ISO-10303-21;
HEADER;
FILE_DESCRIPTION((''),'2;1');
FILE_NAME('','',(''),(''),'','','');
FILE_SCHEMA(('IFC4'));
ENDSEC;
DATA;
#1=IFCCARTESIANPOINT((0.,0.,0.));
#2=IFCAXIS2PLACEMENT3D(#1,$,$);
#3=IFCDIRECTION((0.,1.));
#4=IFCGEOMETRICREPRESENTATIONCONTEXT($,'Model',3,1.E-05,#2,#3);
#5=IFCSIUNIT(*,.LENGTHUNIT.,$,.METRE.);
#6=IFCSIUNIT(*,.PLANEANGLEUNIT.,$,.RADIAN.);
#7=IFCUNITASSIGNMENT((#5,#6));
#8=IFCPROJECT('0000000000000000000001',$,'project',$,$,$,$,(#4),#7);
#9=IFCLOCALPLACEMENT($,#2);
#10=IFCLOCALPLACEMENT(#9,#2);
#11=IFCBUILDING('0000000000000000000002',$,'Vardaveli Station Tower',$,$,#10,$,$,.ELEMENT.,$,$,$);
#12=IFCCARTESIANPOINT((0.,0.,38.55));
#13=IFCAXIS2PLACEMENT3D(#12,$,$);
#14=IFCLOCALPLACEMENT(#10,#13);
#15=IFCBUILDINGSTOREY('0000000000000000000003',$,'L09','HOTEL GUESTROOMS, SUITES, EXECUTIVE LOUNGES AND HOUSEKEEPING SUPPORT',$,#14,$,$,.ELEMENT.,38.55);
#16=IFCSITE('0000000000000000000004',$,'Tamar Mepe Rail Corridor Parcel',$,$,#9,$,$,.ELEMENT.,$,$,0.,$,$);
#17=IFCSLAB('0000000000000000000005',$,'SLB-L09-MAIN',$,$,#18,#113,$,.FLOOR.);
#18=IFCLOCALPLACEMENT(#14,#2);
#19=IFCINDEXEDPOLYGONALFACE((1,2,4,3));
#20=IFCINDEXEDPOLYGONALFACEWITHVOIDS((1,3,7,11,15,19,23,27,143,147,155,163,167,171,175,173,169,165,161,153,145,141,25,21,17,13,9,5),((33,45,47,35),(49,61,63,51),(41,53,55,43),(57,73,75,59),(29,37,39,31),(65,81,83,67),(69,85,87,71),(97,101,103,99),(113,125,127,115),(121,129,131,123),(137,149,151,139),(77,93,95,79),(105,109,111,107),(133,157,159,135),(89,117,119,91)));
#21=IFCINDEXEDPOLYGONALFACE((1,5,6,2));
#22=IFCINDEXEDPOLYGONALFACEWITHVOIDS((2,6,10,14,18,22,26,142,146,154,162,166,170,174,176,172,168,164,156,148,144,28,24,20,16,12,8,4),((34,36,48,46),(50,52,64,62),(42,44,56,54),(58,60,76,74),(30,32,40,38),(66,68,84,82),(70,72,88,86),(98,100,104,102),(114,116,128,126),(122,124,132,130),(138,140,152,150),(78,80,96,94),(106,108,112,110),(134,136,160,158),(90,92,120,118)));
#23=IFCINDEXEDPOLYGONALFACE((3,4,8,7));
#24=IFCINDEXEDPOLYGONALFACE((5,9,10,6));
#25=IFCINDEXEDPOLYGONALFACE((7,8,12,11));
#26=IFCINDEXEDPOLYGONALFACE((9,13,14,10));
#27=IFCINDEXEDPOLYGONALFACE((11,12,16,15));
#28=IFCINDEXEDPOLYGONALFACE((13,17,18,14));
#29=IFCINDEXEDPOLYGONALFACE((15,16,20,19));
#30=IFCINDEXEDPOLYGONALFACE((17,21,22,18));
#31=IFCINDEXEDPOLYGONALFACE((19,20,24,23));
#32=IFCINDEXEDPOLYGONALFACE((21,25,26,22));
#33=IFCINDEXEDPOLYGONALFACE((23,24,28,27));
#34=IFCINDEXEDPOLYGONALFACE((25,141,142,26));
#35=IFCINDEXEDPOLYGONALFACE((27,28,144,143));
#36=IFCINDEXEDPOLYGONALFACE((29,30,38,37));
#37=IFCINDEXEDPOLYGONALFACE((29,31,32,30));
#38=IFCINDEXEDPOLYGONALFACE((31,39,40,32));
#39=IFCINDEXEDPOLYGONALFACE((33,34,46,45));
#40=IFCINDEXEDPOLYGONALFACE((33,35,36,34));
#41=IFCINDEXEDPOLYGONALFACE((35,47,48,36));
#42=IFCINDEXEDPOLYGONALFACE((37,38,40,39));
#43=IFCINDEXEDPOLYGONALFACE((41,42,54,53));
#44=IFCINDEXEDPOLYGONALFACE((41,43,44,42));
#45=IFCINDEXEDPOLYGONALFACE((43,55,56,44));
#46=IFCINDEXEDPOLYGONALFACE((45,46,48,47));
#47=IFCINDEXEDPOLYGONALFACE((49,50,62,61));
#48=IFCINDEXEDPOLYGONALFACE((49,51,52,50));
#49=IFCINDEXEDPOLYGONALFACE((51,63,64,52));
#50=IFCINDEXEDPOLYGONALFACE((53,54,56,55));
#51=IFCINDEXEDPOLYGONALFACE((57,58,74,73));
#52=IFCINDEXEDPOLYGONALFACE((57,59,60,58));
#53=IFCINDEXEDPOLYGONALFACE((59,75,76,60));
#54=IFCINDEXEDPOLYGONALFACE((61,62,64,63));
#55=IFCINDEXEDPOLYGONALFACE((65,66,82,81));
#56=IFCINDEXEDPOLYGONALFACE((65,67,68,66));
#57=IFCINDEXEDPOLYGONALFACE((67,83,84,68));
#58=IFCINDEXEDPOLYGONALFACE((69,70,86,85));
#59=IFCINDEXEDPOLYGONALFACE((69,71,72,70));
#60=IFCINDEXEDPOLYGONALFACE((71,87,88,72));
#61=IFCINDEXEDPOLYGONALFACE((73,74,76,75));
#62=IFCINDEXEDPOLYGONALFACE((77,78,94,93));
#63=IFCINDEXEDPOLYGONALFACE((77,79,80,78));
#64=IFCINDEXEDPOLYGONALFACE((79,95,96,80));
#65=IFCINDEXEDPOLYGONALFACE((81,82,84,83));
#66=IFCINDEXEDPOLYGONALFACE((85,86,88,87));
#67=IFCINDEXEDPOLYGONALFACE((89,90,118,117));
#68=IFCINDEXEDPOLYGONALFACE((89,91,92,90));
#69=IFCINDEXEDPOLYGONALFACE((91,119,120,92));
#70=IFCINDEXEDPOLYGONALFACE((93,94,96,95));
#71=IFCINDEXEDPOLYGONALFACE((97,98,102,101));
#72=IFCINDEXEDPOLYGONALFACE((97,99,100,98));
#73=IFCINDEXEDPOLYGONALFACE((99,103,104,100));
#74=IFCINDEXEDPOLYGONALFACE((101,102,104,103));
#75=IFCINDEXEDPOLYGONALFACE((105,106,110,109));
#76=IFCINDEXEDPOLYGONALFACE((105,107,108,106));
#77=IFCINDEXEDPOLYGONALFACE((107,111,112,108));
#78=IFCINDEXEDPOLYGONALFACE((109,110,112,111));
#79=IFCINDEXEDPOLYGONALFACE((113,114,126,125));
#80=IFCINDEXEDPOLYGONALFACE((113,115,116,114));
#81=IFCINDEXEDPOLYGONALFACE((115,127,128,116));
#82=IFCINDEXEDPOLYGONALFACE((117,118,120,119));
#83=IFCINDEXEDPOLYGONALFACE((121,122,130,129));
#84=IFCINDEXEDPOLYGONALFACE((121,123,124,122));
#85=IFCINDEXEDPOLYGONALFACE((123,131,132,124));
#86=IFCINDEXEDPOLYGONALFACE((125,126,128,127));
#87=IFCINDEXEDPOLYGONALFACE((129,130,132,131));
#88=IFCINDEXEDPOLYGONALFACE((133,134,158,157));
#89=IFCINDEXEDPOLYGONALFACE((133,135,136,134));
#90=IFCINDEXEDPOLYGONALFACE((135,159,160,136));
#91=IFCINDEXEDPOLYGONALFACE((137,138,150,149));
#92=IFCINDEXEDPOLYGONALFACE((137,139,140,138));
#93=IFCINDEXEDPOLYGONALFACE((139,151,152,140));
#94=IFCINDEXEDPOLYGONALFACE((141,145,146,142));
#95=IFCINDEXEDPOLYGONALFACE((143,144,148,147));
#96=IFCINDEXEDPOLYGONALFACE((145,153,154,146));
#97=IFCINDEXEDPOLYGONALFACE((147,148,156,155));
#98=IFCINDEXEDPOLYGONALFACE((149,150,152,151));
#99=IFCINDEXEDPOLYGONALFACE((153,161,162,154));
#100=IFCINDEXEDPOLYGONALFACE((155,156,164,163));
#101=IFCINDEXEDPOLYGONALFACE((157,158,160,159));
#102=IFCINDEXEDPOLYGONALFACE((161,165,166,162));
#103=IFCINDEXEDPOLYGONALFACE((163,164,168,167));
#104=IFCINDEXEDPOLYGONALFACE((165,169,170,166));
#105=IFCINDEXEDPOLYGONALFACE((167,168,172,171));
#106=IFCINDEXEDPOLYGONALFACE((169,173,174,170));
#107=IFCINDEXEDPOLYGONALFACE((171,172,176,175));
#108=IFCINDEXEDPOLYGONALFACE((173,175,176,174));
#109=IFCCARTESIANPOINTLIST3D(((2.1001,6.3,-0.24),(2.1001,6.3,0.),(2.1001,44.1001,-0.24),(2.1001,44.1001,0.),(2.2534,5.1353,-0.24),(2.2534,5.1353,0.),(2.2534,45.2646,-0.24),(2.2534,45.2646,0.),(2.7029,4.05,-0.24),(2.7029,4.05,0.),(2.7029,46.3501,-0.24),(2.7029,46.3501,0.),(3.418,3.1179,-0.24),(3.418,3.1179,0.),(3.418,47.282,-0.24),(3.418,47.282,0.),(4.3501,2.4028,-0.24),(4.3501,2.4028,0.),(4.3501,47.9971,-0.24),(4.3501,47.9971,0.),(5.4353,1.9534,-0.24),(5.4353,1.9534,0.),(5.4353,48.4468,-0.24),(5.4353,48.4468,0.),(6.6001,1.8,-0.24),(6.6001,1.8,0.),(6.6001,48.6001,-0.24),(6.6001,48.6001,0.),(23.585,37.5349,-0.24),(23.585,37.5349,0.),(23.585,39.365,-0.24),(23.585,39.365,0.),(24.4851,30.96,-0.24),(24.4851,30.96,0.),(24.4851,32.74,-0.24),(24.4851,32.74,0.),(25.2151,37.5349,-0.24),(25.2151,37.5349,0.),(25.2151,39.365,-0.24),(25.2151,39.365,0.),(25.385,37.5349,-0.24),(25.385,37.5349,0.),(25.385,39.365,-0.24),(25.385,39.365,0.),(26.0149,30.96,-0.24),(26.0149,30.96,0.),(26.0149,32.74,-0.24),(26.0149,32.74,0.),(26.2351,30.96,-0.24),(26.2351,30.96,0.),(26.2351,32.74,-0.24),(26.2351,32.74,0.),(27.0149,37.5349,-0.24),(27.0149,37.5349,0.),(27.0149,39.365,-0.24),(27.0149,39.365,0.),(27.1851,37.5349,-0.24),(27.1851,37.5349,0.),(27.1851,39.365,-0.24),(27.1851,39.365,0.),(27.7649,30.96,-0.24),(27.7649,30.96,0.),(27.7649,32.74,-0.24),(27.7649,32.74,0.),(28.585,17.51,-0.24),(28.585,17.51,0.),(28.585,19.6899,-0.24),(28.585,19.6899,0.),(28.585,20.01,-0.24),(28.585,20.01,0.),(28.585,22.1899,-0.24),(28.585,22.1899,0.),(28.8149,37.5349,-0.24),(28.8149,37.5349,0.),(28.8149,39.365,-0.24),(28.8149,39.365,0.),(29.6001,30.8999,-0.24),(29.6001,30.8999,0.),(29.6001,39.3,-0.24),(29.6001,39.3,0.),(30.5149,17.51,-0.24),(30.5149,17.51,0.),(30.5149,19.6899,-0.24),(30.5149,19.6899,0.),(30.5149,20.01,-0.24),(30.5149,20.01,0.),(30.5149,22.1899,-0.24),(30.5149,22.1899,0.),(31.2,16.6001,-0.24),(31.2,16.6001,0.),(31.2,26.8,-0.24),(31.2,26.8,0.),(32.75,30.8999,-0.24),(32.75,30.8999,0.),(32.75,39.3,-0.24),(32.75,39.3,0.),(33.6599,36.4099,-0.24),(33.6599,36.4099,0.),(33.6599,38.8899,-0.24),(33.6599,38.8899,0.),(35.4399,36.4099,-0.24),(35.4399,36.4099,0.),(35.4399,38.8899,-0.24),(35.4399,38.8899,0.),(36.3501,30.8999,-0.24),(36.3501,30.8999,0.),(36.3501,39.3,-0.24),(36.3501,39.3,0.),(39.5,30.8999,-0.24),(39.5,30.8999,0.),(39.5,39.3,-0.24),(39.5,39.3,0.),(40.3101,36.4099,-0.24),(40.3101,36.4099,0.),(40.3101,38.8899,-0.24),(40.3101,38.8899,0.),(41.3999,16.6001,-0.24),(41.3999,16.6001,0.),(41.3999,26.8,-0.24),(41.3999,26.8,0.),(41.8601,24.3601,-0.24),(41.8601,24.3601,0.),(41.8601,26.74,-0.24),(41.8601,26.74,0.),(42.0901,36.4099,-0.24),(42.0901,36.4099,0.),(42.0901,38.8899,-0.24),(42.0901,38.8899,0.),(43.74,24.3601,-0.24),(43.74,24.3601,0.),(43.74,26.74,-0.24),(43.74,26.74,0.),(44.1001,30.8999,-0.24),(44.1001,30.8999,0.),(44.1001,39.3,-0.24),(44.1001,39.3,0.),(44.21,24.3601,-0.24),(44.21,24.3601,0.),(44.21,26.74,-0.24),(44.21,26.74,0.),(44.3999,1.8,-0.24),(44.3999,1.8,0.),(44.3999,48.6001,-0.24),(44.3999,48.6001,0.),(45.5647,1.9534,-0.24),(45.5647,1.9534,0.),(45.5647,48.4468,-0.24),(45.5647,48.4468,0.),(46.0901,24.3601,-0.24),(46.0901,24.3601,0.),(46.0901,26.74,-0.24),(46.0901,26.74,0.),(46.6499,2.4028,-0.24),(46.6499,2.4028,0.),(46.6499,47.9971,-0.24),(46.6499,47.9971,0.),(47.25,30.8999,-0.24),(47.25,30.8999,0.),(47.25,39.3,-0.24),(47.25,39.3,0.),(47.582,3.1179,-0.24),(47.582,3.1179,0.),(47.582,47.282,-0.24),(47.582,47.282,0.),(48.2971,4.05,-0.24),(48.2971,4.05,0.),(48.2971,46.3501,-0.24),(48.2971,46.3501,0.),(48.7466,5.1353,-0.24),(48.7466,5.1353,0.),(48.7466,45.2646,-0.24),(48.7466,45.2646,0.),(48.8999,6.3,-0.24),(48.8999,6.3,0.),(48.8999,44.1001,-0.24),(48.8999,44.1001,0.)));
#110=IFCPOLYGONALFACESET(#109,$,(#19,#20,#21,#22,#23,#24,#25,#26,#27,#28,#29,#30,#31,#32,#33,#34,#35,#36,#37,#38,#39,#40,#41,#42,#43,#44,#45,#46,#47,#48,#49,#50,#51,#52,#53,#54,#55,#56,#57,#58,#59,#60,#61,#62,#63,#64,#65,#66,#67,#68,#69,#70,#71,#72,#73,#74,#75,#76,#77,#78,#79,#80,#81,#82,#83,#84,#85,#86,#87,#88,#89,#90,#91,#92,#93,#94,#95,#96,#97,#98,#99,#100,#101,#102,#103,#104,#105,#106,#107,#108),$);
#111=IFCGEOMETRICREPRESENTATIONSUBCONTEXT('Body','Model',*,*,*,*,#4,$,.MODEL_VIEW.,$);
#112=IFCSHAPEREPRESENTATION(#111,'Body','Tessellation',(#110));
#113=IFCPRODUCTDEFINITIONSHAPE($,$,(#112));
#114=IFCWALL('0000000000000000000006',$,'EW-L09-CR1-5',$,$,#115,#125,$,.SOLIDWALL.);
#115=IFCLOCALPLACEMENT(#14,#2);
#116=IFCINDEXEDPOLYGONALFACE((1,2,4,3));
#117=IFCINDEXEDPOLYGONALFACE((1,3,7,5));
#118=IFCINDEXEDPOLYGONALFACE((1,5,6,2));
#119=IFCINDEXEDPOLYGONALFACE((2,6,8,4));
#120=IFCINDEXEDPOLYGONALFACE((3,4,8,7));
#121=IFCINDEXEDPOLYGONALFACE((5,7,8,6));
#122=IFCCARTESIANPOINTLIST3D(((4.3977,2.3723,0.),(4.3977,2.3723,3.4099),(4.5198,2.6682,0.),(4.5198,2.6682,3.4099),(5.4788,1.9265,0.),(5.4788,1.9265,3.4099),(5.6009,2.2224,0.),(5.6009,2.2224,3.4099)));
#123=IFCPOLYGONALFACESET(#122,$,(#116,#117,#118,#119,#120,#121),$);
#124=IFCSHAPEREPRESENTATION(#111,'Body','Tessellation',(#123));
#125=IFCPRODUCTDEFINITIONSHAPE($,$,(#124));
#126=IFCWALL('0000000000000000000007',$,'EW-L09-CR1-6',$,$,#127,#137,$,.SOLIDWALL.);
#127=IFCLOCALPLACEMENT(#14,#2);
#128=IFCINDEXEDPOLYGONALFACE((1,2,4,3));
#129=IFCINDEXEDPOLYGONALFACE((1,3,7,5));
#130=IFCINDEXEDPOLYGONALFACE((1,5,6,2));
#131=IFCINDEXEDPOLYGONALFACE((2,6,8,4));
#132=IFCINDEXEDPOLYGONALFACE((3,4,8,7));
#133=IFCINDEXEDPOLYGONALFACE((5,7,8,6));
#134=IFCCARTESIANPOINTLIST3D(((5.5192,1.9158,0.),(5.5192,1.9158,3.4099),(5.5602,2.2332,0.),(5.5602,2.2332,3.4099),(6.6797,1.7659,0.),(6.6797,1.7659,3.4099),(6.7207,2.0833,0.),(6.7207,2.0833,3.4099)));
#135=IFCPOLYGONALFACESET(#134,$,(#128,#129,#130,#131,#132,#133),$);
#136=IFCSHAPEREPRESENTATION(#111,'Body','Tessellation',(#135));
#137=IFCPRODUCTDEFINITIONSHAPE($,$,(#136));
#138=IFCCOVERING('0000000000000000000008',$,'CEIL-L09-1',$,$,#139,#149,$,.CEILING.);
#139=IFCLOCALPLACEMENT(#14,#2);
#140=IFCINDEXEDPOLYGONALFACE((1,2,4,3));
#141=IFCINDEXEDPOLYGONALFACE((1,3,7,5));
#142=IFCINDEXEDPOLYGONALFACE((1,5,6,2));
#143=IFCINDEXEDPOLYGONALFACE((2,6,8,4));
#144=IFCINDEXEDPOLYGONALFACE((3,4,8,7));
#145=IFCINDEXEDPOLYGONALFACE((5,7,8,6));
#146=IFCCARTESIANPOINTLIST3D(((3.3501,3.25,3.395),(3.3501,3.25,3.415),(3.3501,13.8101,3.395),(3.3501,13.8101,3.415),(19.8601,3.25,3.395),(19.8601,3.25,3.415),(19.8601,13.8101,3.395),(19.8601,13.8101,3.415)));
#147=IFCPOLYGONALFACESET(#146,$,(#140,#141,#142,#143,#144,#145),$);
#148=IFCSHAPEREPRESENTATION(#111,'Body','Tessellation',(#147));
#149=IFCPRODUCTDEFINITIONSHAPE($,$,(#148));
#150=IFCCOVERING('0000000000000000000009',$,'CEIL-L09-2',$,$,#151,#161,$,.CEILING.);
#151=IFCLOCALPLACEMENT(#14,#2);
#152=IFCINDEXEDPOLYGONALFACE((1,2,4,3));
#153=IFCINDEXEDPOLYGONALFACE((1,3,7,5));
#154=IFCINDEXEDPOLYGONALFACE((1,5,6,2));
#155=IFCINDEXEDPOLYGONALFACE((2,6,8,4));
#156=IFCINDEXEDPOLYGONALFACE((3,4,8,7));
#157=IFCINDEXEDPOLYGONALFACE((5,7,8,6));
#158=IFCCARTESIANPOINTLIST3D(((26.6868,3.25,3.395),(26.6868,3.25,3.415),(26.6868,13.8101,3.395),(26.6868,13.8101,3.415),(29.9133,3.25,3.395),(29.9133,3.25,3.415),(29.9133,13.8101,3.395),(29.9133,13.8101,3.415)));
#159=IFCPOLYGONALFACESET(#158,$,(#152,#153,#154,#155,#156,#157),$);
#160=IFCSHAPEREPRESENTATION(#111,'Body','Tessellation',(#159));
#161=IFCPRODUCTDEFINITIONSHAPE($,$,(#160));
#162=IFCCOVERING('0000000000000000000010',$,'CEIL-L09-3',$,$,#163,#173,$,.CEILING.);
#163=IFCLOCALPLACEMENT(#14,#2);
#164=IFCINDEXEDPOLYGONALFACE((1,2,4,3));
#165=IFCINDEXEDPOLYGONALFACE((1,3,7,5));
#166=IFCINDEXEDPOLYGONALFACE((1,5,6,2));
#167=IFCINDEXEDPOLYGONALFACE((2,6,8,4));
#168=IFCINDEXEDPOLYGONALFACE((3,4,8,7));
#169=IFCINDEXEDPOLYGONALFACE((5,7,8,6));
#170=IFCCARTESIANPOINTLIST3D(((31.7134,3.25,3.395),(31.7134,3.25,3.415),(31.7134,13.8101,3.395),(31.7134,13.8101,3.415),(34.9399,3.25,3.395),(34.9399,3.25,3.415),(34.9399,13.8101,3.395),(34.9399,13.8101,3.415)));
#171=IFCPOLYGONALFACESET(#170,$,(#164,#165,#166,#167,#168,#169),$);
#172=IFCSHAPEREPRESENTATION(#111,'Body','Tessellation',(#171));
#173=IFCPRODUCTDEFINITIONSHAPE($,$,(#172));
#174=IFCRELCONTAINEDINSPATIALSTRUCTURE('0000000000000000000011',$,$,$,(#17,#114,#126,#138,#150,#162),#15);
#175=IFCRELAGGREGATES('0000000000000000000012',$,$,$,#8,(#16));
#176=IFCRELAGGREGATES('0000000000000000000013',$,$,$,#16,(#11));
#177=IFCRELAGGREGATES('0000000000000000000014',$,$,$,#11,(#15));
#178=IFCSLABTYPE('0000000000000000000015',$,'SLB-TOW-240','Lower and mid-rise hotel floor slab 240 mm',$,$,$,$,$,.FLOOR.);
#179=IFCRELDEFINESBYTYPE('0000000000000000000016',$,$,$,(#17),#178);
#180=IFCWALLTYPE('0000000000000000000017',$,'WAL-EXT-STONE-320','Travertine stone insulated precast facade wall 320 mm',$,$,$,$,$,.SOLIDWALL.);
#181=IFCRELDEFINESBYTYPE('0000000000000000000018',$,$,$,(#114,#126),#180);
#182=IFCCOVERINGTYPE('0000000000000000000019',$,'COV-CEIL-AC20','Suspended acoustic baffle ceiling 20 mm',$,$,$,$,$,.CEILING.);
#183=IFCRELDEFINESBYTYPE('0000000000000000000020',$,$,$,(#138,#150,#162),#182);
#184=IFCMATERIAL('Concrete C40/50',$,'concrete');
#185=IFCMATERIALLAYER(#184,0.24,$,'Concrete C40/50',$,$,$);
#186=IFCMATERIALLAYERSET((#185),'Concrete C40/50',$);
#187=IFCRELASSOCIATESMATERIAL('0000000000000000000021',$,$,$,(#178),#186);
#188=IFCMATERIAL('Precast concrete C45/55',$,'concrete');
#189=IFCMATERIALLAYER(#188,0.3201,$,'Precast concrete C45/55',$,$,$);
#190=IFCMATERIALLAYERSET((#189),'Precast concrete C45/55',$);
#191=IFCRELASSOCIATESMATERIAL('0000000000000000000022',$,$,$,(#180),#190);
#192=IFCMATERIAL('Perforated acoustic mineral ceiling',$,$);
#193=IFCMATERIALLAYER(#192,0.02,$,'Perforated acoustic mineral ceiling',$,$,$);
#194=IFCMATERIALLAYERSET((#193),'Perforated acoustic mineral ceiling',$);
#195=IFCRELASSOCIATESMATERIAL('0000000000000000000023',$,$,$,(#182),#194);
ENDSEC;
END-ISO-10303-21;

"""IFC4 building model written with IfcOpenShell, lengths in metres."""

from ifc_helpers import new_model, si_unit, direction, frame, frame_2d, origin, place, context, subcontext, project, spatial, polyline, rectangle, outline, extrude, source, transform, mapped, material, layer, layer_set, type_object, element, save


model = new_model("IFC4")

# Units and contexts
model_context = context("Model", 3, precision=1e-05, world=origin(), true_north=direction((0.0, 1.0)))
body_context = subcontext(model_context, "Body", "Model", "MODEL_VIEW")
ifc_project = project(units=[si_unit("LENGTHUNIT", "METRE"), si_unit("PLANEANGLEUNIT", "RADIAN")], contexts=[model_context])

# Site, building, storey
site_placement = place(None, origin())
site = spatial("IfcSite", under=ifc_project, at=site_placement, Name="Tamar Mepe Rail Corridor Parcel", CompositionType="ELEMENT", RefElevation=0.0)
building_placement = place(site_placement, origin())
building = spatial("IfcBuilding", under=site, at=building_placement, Name="Vardaveli Station Tower", CompositionType="ELEMENT")
storey_placement = place(building_placement, frame((0.0, 0.0, 38.55)))
storey = spatial("IfcBuildingStorey", under=building, at=storey_placement, Name="L09", Description="HOTEL GUESTROOMS, SUITES, EXECUTIVE LOUNGES AND HOUSEKEEPING SUPPORT", CompositionType="ELEMENT", Elevation=38.55)

# Shared definitions
ifc_material_1 = material(Name="Concrete C40/50", Category="concrete")

# Slab
ifc_material_2 = material(Name="Precast concrete C45/55", Category="concrete")
ifc_layer_1 = layer(ifc_material_1, 0.24, Name="Concrete C40/50")
ifc_layer_set_1 = layer_set([ifc_layer_1], Name="Concrete C40/50")
slab_type_1 = type_object("IfcSlabType", Name="SLB-TOW-240", Description="Lower and mid-rise hotel floor slab 240 mm", PredefinedType="FLOOR", material=ifc_layer_set_1)
slab_1_placement = place(storey_placement, frame((0.0, 0.0, -0.24)))
element("IfcSlab", 1, at=slab_1_placement, inside=storey, type_object=slab_type_1, Name="SLB-L09-MAIN", PredefinedType="FLOOR", context=body_context, shape_type="SweptSolid", body=[
    extrude(outline(polyline([(2.1001, 6.3), (2.2534, 5.1353), (2.7029, 4.05), (3.418, 3.1179), (4.3501, 2.4028), (5.4353, 1.9534), (6.6001, 1.8), (44.3999, 1.8), (45.5647, 1.9534), (46.6499, 2.4028), (47.582, 3.1179), (48.2971, 4.05), (48.7466, 5.1353), (48.8999, 6.3), (48.8999, 44.1001), (48.7466, 45.2646), (48.2971, 46.3501), (47.582, 47.282), (46.6499, 47.9971), (45.5647, 48.4468), (44.3999, 48.6001), (6.6001, 48.6001), (5.4353, 48.4468), (4.3501, 47.9971), (3.418, 47.282), (2.7029, 46.3501), (2.2534, 45.2646), (2.1001, 44.1001), (2.1001, 6.3)]), holes=[polyline([(31.2, 16.6001), (41.3999, 16.6001), (41.3999, 26.8), (31.2, 26.8), (31.2, 16.6001)]), polyline([(32.75, 30.8999), (32.75, 39.3), (29.6001, 39.3), (29.6001, 30.8999), (32.75, 30.8999)]), polyline([(39.5, 30.8999), (39.5, 39.3), (36.3501, 39.3), (36.3501, 30.8999), (39.5, 30.8999)]), polyline([(47.25, 30.8999), (47.25, 39.3), (44.1001, 39.3), (44.1001, 30.8999), (47.25, 30.8999)]), polyline([(23.585, 37.5349), (25.2151, 37.5349), (25.2151, 39.365), (23.585, 39.365), (23.585, 37.5349)]), polyline([(25.385, 37.5349), (27.0149, 37.5349), (27.0149, 39.365), (25.385, 39.365), (25.385, 37.5349)]), polyline([(27.1851, 37.5349), (28.8149, 37.5349), (28.8149, 39.365), (27.1851, 39.365), (27.1851, 37.5349)]), polyline([(33.6599, 36.4099), (35.4399, 36.4099), (35.4399, 38.8899), (33.6599, 38.8899), (33.6599, 36.4099)]), polyline([(40.3101, 36.4099), (42.0901, 36.4099), (42.0901, 38.8899), (40.3101, 38.8899), (40.3101, 36.4099)]), polyline([(24.4851, 30.96), (26.0149, 30.96), (26.0149, 32.74), (24.4851, 32.74), (24.4851, 30.96)]), polyline([(26.2351, 30.96), (27.7649, 30.96), (27.7649, 32.74), (26.2351, 32.74), (26.2351, 30.96)]), polyline([(28.585, 17.51), (30.5149, 17.51), (30.5149, 19.6899), (28.585, 19.6899), (28.585, 17.51)]), polyline([(28.585, 20.01), (30.5149, 20.01), (30.5149, 22.1899), (28.585, 22.1899), (28.585, 20.01)]), polyline([(41.8601, 24.3601), (43.74, 24.3601), (43.74, 26.74), (41.8601, 26.74), (41.8601, 24.3601)]), polyline([(44.21, 24.3601), (46.0901, 24.3601), (46.0901, 26.74), (44.21, 26.74), (44.21, 24.3601)])]), origin(), (0.0, 0.0, 1.0), 0.24),
])

# Walls
ifc_layer_2 = layer(ifc_material_2, 0.3201, Name="Precast concrete C45/55")
ifc_layer_set_2 = layer_set([ifc_layer_2], Name="Precast concrete C45/55")
wall_type = type_object("IfcWallType", Name="WAL-EXT-STONE-320", Description="Travertine stone insulated precast facade wall 320 mm", PredefinedType="SOLIDWALL", material=ifc_layer_set_2)
shared_shape_1 = source(origin(), body_context, "Body", "SweptSolid", [
    extrude(rectangle(XDim=1.1694, YDim=0.3201, at=frame_2d((0.5847, 0.0))), origin(), (0.0, 0.0, 1.0), 3.4099),
])
wall_1_placement = place(storey_placement, frame((4.4587, 2.5203, 0.0), z_axis=(0.0, 0.0, 1.0), x_axis=(0.924479, -0.381233, 0.0)))
element("IfcWall", 2, at=wall_1_placement, inside=storey, type_object=wall_type, Name="EW-L09-CR1-5", PredefinedType="SOLIDWALL", context=body_context, shape_type="MappedRepresentation", body=[
    mapped(shared_shape_1, transform((0.0, 0.0, 0.0), scale=1.0)),
])
shared_shape_2 = source(origin(), body_context, "Body", "SweptSolid", [
    extrude(rectangle(XDim=1.1702, YDim=0.3201, at=frame_2d((0.585, 0.0))), origin(), (0.0, 0.0, 1.0), 3.4099),
])
wall_2_placement = place(storey_placement, frame((5.5398, 2.0745, 0.0), z_axis=(0.0, 0.0, 1.0), x_axis=(0.991762, -0.12809, 0.0)))
element("IfcWall", 3, at=wall_2_placement, inside=storey, type_object=wall_type, Name="EW-L09-CR1-6", PredefinedType="SOLIDWALL", context=body_context, shape_type="MappedRepresentation", body=[
    mapped(shared_shape_2, transform((0.0, 0.0, 0.0), scale=1.0)),
])

# Coverings
ifc_material_3 = material(Name="Perforated acoustic mineral ceiling")
ifc_layer_3 = layer(ifc_material_3, 0.02, Name="Perforated acoustic mineral ceiling")
ifc_layer_set_3 = layer_set([ifc_layer_3], Name="Perforated acoustic mineral ceiling")
covering_type_1 = type_object("IfcCoveringType", Name="COV-CEIL-AC20", Description="Suspended acoustic baffle ceiling 20 mm", PredefinedType="CEILING", material=ifc_layer_set_3)
covering_1_placement = place(storey_placement, frame((0.0, 0.0, 3.395)))
element("IfcCovering", 4, at=covering_1_placement, inside=storey, type_object=covering_type_1, Name="CEIL-L09-1", PredefinedType="CEILING", context=body_context, shape_type="SweptSolid", body=[
    extrude(outline(polyline([(3.3501, 3.25), (19.8601, 3.25), (19.8601, 13.8101), (3.3501, 13.8101), (3.3501, 3.25)])), origin(), (0.0, 0.0, 1.0), 0.02),
])
covering_2_placement = place(storey_placement, frame((0.0, 0.0, 3.395)))
element("IfcCovering", 5, at=covering_2_placement, inside=storey, type_object=covering_type_1, Name="CEIL-L09-2", PredefinedType="CEILING", context=body_context, shape_type="SweptSolid", body=[
    extrude(outline(polyline([(26.6868, 3.25), (29.9133, 3.25), (29.9133, 13.8101), (26.6868, 13.8101), (26.6868, 3.25)])), origin(), (0.0, 0.0, 1.0), 0.02),
])
covering_3_placement = place(storey_placement, frame((0.0, 0.0, 3.395)))
element("IfcCovering", 6, at=covering_3_placement, inside=storey, type_object=covering_type_1, Name="CEIL-L09-3", PredefinedType="CEILING", context=body_context, shape_type="SweptSolid", body=[
    extrude(outline(polyline([(31.7134, 3.25), (34.9399, 3.25), (34.9399, 13.8101), (31.7134, 13.8101), (31.7134, 3.25)])), origin(), (0.0, 0.0, 1.0), 0.02),
])

save(model, "model.ifc")
